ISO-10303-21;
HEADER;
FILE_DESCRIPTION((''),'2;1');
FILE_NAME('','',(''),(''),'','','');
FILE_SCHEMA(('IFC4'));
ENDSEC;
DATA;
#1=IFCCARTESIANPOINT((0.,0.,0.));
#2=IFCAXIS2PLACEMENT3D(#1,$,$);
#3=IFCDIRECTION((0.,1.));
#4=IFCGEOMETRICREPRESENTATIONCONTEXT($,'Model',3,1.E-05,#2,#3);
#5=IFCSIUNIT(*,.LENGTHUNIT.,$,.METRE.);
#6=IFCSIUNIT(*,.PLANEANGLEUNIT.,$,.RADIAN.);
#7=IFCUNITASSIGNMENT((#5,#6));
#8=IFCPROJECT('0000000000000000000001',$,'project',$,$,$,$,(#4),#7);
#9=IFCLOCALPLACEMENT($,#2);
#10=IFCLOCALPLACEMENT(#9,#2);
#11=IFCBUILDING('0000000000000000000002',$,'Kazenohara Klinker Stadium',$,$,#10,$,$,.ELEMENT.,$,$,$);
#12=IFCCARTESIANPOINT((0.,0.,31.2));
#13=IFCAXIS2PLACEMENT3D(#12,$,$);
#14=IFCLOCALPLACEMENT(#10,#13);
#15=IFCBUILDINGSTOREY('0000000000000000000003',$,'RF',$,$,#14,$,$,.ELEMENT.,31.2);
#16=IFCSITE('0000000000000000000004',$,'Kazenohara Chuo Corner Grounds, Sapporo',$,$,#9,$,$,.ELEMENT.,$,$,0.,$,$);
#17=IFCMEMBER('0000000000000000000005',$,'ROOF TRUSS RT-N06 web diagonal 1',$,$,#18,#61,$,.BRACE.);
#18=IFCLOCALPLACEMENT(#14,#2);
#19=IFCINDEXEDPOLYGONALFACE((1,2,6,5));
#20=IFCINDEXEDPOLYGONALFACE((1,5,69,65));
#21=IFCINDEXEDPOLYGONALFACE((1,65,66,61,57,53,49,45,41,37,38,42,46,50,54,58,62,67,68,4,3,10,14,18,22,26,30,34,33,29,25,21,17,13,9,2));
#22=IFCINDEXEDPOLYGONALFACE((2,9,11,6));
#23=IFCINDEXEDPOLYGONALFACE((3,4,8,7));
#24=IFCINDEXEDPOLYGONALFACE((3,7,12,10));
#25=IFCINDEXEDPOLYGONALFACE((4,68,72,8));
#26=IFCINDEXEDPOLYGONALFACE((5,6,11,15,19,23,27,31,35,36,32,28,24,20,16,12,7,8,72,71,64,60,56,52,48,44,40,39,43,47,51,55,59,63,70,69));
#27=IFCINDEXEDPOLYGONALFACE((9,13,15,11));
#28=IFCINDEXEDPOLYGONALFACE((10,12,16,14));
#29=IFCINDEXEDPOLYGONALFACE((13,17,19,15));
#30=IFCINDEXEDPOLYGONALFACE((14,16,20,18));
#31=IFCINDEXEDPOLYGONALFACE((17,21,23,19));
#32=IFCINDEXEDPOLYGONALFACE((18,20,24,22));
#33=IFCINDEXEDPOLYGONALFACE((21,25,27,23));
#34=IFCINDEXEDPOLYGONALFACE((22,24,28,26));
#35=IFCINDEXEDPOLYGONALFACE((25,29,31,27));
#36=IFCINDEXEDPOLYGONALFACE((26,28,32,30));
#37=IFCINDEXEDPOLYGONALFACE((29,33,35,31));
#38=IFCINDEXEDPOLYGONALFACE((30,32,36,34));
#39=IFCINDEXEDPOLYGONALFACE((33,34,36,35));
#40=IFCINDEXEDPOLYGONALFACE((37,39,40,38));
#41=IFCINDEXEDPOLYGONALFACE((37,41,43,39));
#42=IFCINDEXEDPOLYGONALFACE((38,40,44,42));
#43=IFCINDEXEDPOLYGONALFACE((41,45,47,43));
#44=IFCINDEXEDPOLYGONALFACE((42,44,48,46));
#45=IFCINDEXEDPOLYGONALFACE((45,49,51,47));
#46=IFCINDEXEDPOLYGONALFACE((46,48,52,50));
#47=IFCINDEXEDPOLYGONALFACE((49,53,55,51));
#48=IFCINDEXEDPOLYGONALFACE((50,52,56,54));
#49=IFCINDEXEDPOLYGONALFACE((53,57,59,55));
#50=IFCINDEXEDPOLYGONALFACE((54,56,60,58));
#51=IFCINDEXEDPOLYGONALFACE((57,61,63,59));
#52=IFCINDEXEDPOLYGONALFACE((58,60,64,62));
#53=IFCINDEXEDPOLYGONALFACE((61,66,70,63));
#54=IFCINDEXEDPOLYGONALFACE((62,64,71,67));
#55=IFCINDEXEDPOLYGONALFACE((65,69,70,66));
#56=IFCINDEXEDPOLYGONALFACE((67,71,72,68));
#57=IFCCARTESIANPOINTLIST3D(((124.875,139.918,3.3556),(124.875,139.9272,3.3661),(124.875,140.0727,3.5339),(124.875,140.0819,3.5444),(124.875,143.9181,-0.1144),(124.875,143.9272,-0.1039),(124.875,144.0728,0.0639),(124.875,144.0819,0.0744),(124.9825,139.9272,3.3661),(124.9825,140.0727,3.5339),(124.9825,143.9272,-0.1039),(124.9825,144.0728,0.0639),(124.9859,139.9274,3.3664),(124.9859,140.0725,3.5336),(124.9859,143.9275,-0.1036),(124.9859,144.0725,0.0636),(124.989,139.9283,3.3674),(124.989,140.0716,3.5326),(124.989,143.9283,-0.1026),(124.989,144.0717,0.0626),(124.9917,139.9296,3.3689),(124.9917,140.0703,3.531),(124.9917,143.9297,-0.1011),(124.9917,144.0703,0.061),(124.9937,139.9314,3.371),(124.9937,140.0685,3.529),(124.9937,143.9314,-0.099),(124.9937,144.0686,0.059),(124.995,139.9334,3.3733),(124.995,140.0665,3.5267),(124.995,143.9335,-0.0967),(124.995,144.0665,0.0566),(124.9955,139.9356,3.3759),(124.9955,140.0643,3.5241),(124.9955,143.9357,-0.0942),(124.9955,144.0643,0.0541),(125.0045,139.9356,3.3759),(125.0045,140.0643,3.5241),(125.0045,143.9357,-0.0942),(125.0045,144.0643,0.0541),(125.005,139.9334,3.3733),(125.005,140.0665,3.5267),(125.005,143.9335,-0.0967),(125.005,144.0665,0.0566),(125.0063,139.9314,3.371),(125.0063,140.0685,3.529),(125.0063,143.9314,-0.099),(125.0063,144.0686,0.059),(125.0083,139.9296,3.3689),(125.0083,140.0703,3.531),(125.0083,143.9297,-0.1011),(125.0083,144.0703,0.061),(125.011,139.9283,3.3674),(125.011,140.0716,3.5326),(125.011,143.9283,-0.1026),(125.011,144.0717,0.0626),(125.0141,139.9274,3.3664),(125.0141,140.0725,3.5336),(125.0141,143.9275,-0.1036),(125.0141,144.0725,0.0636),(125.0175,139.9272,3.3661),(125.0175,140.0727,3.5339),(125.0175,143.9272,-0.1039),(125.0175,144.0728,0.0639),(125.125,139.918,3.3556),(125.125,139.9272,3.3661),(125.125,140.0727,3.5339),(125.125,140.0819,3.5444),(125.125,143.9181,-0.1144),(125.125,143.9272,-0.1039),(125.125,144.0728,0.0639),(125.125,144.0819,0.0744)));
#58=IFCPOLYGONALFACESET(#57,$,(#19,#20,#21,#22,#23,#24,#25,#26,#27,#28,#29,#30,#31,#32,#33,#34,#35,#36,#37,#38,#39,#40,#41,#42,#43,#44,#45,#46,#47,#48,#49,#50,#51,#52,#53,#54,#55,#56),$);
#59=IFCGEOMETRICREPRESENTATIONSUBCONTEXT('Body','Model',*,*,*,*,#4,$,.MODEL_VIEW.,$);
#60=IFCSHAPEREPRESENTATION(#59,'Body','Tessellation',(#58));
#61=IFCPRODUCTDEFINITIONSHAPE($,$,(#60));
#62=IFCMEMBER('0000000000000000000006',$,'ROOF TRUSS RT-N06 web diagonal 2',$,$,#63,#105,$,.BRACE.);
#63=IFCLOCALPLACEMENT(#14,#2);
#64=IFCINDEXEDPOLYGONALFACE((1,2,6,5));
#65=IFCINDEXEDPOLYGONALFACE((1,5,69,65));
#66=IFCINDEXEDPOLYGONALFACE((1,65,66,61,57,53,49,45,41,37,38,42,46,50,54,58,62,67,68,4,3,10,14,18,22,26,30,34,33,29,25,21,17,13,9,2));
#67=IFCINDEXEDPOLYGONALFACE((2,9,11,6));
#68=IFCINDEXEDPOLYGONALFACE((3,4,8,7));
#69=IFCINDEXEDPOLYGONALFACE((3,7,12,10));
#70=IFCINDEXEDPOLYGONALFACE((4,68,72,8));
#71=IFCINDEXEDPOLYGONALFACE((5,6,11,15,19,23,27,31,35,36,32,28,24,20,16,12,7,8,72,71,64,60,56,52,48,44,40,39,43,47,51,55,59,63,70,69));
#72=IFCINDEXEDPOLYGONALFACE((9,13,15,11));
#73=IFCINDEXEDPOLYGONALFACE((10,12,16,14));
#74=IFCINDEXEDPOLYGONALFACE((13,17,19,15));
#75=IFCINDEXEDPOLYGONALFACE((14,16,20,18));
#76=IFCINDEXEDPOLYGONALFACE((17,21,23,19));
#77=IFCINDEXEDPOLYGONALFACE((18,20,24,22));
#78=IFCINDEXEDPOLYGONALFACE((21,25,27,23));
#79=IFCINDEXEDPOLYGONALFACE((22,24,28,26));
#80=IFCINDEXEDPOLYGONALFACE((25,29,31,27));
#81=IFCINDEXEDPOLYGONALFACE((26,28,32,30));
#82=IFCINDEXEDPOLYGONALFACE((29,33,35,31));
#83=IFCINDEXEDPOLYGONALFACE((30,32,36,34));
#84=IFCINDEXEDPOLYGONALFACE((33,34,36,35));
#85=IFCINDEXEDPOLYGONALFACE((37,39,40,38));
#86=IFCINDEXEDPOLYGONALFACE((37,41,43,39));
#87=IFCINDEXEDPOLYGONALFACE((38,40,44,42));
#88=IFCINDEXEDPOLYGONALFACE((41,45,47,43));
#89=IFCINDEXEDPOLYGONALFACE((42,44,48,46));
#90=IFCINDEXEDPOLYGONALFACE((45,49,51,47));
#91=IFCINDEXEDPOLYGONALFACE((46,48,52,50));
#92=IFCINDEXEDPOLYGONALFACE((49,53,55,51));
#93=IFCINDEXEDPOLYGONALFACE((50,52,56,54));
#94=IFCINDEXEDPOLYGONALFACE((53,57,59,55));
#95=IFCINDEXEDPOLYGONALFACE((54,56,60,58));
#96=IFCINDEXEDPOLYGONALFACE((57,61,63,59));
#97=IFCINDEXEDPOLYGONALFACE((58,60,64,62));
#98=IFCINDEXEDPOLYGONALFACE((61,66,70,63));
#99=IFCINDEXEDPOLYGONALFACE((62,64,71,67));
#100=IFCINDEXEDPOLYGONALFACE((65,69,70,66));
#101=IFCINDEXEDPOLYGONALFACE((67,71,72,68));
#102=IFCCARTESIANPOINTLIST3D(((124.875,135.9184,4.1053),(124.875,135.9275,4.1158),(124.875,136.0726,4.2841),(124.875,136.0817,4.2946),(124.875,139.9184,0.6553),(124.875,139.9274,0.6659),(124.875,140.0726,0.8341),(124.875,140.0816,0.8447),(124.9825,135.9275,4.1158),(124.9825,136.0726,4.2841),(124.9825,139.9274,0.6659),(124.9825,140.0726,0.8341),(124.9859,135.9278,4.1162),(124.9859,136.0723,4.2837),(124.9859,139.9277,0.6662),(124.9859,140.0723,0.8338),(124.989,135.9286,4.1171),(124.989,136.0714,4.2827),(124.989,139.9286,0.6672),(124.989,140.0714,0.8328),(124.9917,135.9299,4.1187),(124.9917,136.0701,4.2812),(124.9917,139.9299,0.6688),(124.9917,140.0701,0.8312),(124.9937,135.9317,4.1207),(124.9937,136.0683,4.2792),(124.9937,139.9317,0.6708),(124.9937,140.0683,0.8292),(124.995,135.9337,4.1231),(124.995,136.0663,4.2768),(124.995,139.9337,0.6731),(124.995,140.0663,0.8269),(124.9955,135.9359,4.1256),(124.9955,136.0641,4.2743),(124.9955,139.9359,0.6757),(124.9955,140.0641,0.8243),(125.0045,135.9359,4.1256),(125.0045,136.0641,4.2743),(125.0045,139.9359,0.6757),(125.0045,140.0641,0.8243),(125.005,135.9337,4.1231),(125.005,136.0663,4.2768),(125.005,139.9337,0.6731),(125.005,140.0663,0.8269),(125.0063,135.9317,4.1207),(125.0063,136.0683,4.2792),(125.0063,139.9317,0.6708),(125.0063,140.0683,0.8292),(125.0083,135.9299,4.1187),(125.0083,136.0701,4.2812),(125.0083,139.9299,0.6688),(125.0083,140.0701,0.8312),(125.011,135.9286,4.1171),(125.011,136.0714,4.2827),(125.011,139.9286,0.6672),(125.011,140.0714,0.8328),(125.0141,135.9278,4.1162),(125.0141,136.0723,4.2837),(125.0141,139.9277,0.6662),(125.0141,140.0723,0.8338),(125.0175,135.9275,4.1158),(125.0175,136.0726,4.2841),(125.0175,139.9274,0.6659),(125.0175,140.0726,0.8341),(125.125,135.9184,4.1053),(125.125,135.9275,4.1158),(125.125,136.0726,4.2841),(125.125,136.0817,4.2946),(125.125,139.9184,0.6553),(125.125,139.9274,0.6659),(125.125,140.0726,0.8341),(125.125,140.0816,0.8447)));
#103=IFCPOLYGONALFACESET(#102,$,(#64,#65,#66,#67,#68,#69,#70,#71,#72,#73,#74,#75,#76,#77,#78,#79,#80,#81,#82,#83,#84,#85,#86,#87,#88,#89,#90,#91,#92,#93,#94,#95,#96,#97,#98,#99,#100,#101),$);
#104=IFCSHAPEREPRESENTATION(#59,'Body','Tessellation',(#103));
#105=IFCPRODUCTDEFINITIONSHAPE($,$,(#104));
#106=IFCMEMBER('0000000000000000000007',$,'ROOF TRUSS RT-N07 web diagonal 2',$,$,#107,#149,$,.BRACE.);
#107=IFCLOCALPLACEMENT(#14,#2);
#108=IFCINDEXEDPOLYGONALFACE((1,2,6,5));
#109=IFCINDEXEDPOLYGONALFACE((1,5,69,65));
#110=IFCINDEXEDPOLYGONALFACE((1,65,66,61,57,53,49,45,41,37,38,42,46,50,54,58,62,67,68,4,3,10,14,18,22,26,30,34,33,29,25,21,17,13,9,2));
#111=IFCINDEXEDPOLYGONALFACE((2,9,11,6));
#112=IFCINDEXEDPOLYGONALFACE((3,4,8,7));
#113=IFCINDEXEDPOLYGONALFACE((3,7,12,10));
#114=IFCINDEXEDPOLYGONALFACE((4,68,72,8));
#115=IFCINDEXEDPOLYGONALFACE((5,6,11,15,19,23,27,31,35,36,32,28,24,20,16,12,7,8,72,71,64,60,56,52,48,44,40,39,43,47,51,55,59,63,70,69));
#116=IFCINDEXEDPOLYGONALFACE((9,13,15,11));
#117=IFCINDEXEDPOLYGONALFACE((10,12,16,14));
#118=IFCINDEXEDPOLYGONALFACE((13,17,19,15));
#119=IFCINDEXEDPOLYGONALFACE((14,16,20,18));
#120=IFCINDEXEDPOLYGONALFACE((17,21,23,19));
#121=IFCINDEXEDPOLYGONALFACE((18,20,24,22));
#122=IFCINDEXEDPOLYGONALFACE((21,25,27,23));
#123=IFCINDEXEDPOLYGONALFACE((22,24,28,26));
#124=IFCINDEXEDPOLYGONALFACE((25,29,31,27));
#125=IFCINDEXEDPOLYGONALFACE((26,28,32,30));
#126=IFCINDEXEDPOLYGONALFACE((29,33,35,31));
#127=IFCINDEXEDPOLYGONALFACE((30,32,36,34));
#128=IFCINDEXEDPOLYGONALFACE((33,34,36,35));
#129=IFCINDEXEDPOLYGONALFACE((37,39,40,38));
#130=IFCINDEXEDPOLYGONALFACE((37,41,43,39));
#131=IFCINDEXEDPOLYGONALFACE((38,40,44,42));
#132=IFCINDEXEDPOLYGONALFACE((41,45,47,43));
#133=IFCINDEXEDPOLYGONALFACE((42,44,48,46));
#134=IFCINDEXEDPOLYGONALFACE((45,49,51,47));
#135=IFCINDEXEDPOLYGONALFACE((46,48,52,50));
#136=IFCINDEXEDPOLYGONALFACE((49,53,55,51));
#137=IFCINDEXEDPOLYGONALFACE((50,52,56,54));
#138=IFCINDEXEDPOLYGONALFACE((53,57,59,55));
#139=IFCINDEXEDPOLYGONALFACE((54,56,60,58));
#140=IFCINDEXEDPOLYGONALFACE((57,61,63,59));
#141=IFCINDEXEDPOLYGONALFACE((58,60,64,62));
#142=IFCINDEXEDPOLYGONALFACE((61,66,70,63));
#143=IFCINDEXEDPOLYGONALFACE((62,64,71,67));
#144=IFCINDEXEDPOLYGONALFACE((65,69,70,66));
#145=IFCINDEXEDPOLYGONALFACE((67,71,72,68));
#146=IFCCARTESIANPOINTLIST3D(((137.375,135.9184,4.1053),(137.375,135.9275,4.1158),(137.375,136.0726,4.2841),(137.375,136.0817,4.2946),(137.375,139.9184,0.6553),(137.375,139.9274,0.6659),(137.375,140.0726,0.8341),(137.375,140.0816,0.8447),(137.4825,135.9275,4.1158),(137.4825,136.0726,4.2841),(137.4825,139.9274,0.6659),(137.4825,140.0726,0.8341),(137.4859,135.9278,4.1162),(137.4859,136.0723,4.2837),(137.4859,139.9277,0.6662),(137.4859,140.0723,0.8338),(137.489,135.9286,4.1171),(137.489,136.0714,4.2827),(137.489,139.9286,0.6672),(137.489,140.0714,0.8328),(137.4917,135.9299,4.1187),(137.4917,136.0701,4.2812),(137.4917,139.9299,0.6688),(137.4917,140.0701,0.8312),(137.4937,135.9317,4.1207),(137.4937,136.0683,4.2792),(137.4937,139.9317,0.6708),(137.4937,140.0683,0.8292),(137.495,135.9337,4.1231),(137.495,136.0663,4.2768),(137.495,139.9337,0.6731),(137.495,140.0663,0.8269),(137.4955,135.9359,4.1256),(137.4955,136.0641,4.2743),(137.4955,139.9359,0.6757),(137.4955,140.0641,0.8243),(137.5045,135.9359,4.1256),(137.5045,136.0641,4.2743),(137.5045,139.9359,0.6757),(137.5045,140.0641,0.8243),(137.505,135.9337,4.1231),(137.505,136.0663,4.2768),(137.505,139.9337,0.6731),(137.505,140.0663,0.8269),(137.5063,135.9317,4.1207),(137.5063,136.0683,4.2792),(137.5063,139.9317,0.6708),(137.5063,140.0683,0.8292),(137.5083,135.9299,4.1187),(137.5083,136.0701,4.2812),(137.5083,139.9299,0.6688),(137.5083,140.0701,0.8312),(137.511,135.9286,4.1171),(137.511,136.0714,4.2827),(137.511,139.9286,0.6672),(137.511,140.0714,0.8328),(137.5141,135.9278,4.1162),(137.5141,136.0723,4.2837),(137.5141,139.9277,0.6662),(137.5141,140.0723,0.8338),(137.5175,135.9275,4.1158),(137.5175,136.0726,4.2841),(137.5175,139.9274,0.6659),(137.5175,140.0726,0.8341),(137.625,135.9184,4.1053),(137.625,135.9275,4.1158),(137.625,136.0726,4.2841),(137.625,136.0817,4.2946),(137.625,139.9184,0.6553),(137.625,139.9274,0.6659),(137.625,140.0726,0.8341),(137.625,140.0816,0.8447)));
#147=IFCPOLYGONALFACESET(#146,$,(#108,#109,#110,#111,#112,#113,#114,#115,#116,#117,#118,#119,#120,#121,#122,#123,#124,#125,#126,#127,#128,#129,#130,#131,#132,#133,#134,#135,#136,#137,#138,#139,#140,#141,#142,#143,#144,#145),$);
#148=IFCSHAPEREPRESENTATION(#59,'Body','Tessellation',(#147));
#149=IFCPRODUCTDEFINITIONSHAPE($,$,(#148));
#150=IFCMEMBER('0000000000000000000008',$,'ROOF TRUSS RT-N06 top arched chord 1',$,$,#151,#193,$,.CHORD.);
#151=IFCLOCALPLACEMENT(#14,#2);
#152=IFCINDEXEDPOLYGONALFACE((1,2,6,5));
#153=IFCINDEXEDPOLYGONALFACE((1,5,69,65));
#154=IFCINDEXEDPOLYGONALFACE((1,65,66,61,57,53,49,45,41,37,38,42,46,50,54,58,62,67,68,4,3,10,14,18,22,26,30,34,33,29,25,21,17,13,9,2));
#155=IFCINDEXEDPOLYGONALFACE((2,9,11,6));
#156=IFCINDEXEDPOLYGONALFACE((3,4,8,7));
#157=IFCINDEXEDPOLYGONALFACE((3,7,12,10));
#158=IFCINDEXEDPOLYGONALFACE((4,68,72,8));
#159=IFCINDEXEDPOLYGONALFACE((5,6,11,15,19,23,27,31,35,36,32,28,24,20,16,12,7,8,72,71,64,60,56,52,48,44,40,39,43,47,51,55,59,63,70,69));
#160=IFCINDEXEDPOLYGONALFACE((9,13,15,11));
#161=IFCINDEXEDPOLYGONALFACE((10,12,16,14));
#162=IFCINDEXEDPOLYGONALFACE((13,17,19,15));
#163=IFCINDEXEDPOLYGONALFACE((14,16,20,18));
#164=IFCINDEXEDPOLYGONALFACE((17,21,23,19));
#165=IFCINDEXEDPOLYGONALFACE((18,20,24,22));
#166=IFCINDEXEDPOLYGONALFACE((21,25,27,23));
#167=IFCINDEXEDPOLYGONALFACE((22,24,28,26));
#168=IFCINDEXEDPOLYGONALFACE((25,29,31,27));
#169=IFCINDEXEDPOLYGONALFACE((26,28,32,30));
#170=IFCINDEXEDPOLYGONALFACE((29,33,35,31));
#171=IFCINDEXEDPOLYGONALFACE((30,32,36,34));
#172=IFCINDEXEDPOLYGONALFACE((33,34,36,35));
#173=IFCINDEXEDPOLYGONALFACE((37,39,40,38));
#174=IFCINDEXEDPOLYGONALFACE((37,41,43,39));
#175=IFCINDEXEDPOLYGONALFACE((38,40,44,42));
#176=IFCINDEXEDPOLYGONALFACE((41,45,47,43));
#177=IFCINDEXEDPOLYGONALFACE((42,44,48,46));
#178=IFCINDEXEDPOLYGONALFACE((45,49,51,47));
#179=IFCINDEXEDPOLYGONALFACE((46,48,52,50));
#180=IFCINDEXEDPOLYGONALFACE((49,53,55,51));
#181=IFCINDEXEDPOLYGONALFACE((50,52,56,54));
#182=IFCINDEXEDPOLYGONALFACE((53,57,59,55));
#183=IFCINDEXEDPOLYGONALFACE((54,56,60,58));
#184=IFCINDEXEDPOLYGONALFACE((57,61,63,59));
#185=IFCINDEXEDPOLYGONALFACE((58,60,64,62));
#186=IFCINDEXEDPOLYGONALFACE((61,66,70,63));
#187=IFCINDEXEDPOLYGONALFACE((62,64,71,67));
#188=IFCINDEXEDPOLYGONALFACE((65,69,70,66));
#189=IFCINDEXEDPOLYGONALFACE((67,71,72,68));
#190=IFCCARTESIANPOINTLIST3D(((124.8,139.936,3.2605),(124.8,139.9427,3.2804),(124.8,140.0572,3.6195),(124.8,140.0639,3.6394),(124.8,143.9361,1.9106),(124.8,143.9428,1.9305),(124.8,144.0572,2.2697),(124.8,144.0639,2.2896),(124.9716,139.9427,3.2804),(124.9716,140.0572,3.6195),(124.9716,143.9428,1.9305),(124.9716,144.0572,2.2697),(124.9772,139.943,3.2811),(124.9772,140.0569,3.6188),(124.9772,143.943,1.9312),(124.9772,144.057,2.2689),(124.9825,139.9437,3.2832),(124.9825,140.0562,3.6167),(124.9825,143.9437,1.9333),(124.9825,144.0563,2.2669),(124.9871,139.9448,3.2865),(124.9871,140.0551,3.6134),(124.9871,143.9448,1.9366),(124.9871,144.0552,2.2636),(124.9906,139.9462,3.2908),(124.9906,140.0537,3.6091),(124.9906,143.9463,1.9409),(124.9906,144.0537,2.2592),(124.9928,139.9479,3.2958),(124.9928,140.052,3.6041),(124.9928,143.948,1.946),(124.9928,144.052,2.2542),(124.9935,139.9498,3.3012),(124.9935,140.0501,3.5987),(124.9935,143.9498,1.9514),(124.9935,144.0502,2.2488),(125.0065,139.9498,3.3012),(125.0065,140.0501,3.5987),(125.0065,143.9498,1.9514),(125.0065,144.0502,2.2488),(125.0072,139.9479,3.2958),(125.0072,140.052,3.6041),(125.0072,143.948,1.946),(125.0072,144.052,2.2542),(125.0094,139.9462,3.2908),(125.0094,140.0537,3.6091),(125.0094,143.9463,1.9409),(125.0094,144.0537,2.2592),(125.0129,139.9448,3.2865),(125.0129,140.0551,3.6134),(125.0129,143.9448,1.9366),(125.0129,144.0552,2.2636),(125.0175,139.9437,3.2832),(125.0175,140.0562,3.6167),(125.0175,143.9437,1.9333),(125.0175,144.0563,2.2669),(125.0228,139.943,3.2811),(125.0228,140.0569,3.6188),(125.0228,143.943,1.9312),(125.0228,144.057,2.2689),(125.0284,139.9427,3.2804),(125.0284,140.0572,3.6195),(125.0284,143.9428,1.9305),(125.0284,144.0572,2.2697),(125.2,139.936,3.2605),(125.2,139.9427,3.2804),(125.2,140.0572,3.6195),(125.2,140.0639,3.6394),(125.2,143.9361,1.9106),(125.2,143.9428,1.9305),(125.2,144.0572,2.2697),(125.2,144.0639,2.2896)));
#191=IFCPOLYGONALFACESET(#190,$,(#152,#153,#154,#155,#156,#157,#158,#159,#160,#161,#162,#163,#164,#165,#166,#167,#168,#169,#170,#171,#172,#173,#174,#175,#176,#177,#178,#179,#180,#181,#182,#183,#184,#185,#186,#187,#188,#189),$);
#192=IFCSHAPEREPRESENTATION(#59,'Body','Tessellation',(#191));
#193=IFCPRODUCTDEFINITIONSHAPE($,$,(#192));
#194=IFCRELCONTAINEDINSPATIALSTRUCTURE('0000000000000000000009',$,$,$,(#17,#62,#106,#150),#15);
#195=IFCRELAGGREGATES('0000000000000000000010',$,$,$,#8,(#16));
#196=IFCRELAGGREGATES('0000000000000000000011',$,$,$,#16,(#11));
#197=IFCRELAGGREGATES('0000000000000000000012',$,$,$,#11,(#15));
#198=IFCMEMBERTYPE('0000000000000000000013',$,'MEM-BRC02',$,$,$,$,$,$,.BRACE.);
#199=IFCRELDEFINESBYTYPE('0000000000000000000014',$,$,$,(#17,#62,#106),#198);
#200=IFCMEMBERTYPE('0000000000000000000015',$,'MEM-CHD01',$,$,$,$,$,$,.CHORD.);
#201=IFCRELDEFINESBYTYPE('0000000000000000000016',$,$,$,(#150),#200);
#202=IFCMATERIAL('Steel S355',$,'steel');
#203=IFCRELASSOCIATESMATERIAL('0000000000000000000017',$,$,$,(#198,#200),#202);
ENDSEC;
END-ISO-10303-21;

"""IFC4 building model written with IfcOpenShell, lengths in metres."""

from ifc_helpers import new_model, si_unit, direction, frame, origin, origin_2d, place, context, subcontext, project, spatial, i_section, extrude, material, material_profile, profile_set, type_object, element, save


model = new_model("IFC4")

# Units and contexts
model_context = context("Model", 3, precision=1e-05, world=origin(), true_north=direction((0.0, 1.0)))
body_context = subcontext(model_context, "Body", "Model", "MODEL_VIEW")
ifc_project = project(units=[si_unit("LENGTHUNIT", "METRE"), si_unit("PLANEANGLEUNIT", "RADIAN")], contexts=[model_context])

# Site, building, storey
site_placement = place(None, origin())
site = spatial("IfcSite", under=ifc_project, at=site_placement, Name="Kazenohara Chuo Corner Grounds, Sapporo", CompositionType="ELEMENT", RefElevation=0.0)
building_placement = place(site_placement, origin())
building = spatial("IfcBuilding", under=site, at=building_placement, Name="Kazenohara Klinker Stadium", CompositionType="ELEMENT")
storey_placement = place(building_placement, frame((0.0, 0.0, 31.2)))
storey = spatial("IfcBuildingStorey", under=building, at=storey_placement, Name="RF", CompositionType="ELEMENT", Elevation=31.2)

# Members
ifc_material_1 = material(Name="Steel S355", Category="steel")
ifc_material_profile_1 = material_profile(ifc_material_1, i_section(OverallWidth=0.25, OverallDepth=0.25, WebThickness=0.009, FlangeThickness=0.0139, FilletRadius=0.0129, at=origin_2d()), Name="H-250x250x9x14")
ifc_profile_set_1 = profile_set([ifc_material_profile_1], Name="Steel S355")
member_type_1 = type_object("IfcMemberType", Name="MEM-BRC02", PredefinedType="BRACE", material=ifc_profile_set_1)
member_1_placement = place(storey_placement, frame((125.0, 144.0, -0.02), z_axis=(0.0, -0.75538, 0.655287), x_axis=(1.0, 0.0, 0.0)))
element("IfcMember", 1, at=member_1_placement, inside=storey, type_object=member_type_1, Name="ROOF TRUSS RT-N06 web diagonal 1", PredefinedType="BRACE", context=body_context, shape_type="SweptSolid", body=[
    extrude(i_section(OverallWidth=0.25, OverallDepth=0.25, WebThickness=0.009, FlangeThickness=0.0139, FilletRadius=0.0129, at=origin_2d()), origin(), (0.0, 0.0, 1.0), 5.2954),
])
for number, where, z_axis, x_axis, name in (
    (2, (125.0, 140.0, 0.75), (0.0, -0.757253, 0.653122), (1.0, 0.0, 0.0), "ROOF TRUSS RT-N06 web diagonal 2"),
    (3, (137.5, 140.0, 0.75), (0.0, -0.757253, 0.653122), (1.0, 0.0, 0.0), "ROOF TRUSS RT-N07 web diagonal 2"),
):
    element("IfcMember", number, at=place(storey_placement, frame(where, z_axis=z_axis, x_axis=x_axis)), inside=storey, type_object=member_type_1, Name=name, PredefinedType="BRACE", context=body_context, shape_type="SweptSolid", body=[
        extrude(i_section(OverallWidth=0.25, OverallDepth=0.25, WebThickness=0.009, FlangeThickness=0.0139, FilletRadius=0.0129, at=origin_2d()), origin(), (0.0, 0.0, 1.0), 5.2822),
    ])
ifc_material_profile_2 = material_profile(ifc_material_1, i_section(OverallWidth=0.3999, OverallDepth=0.3999, WebThickness=0.0129, FlangeThickness=0.021, FilletRadius=0.022, at=origin_2d()), Name="H-400x400x13x21")
ifc_profile_set_2 = profile_set([ifc_material_profile_2], Name="Steel S355")
member_type_2 = type_object("IfcMemberType", Name="MEM-CHD01", PredefinedType="CHORD", material=ifc_profile_set_2)
member_2_placement = place(storey_placement, frame((125.0, 144.0, 2.1001), z_axis=(0.0, -0.947503, 0.319747), x_axis=(1.0, 0.0, 0.0)))
element("IfcMember", 4, at=member_2_placement, inside=storey, type_object=member_type_2, Name="ROOF TRUSS RT-N06 top arched chord 1", PredefinedType="CHORD", context=body_context, shape_type="SweptSolid", body=[
    extrude(i_section(OverallWidth=0.3999, OverallDepth=0.3999, WebThickness=0.0129, FlangeThickness=0.021, FilletRadius=0.022, at=origin_2d()), origin(), (0.0, 0.0, 1.0), 4.2217),
])

save(model, "model.ifc")
